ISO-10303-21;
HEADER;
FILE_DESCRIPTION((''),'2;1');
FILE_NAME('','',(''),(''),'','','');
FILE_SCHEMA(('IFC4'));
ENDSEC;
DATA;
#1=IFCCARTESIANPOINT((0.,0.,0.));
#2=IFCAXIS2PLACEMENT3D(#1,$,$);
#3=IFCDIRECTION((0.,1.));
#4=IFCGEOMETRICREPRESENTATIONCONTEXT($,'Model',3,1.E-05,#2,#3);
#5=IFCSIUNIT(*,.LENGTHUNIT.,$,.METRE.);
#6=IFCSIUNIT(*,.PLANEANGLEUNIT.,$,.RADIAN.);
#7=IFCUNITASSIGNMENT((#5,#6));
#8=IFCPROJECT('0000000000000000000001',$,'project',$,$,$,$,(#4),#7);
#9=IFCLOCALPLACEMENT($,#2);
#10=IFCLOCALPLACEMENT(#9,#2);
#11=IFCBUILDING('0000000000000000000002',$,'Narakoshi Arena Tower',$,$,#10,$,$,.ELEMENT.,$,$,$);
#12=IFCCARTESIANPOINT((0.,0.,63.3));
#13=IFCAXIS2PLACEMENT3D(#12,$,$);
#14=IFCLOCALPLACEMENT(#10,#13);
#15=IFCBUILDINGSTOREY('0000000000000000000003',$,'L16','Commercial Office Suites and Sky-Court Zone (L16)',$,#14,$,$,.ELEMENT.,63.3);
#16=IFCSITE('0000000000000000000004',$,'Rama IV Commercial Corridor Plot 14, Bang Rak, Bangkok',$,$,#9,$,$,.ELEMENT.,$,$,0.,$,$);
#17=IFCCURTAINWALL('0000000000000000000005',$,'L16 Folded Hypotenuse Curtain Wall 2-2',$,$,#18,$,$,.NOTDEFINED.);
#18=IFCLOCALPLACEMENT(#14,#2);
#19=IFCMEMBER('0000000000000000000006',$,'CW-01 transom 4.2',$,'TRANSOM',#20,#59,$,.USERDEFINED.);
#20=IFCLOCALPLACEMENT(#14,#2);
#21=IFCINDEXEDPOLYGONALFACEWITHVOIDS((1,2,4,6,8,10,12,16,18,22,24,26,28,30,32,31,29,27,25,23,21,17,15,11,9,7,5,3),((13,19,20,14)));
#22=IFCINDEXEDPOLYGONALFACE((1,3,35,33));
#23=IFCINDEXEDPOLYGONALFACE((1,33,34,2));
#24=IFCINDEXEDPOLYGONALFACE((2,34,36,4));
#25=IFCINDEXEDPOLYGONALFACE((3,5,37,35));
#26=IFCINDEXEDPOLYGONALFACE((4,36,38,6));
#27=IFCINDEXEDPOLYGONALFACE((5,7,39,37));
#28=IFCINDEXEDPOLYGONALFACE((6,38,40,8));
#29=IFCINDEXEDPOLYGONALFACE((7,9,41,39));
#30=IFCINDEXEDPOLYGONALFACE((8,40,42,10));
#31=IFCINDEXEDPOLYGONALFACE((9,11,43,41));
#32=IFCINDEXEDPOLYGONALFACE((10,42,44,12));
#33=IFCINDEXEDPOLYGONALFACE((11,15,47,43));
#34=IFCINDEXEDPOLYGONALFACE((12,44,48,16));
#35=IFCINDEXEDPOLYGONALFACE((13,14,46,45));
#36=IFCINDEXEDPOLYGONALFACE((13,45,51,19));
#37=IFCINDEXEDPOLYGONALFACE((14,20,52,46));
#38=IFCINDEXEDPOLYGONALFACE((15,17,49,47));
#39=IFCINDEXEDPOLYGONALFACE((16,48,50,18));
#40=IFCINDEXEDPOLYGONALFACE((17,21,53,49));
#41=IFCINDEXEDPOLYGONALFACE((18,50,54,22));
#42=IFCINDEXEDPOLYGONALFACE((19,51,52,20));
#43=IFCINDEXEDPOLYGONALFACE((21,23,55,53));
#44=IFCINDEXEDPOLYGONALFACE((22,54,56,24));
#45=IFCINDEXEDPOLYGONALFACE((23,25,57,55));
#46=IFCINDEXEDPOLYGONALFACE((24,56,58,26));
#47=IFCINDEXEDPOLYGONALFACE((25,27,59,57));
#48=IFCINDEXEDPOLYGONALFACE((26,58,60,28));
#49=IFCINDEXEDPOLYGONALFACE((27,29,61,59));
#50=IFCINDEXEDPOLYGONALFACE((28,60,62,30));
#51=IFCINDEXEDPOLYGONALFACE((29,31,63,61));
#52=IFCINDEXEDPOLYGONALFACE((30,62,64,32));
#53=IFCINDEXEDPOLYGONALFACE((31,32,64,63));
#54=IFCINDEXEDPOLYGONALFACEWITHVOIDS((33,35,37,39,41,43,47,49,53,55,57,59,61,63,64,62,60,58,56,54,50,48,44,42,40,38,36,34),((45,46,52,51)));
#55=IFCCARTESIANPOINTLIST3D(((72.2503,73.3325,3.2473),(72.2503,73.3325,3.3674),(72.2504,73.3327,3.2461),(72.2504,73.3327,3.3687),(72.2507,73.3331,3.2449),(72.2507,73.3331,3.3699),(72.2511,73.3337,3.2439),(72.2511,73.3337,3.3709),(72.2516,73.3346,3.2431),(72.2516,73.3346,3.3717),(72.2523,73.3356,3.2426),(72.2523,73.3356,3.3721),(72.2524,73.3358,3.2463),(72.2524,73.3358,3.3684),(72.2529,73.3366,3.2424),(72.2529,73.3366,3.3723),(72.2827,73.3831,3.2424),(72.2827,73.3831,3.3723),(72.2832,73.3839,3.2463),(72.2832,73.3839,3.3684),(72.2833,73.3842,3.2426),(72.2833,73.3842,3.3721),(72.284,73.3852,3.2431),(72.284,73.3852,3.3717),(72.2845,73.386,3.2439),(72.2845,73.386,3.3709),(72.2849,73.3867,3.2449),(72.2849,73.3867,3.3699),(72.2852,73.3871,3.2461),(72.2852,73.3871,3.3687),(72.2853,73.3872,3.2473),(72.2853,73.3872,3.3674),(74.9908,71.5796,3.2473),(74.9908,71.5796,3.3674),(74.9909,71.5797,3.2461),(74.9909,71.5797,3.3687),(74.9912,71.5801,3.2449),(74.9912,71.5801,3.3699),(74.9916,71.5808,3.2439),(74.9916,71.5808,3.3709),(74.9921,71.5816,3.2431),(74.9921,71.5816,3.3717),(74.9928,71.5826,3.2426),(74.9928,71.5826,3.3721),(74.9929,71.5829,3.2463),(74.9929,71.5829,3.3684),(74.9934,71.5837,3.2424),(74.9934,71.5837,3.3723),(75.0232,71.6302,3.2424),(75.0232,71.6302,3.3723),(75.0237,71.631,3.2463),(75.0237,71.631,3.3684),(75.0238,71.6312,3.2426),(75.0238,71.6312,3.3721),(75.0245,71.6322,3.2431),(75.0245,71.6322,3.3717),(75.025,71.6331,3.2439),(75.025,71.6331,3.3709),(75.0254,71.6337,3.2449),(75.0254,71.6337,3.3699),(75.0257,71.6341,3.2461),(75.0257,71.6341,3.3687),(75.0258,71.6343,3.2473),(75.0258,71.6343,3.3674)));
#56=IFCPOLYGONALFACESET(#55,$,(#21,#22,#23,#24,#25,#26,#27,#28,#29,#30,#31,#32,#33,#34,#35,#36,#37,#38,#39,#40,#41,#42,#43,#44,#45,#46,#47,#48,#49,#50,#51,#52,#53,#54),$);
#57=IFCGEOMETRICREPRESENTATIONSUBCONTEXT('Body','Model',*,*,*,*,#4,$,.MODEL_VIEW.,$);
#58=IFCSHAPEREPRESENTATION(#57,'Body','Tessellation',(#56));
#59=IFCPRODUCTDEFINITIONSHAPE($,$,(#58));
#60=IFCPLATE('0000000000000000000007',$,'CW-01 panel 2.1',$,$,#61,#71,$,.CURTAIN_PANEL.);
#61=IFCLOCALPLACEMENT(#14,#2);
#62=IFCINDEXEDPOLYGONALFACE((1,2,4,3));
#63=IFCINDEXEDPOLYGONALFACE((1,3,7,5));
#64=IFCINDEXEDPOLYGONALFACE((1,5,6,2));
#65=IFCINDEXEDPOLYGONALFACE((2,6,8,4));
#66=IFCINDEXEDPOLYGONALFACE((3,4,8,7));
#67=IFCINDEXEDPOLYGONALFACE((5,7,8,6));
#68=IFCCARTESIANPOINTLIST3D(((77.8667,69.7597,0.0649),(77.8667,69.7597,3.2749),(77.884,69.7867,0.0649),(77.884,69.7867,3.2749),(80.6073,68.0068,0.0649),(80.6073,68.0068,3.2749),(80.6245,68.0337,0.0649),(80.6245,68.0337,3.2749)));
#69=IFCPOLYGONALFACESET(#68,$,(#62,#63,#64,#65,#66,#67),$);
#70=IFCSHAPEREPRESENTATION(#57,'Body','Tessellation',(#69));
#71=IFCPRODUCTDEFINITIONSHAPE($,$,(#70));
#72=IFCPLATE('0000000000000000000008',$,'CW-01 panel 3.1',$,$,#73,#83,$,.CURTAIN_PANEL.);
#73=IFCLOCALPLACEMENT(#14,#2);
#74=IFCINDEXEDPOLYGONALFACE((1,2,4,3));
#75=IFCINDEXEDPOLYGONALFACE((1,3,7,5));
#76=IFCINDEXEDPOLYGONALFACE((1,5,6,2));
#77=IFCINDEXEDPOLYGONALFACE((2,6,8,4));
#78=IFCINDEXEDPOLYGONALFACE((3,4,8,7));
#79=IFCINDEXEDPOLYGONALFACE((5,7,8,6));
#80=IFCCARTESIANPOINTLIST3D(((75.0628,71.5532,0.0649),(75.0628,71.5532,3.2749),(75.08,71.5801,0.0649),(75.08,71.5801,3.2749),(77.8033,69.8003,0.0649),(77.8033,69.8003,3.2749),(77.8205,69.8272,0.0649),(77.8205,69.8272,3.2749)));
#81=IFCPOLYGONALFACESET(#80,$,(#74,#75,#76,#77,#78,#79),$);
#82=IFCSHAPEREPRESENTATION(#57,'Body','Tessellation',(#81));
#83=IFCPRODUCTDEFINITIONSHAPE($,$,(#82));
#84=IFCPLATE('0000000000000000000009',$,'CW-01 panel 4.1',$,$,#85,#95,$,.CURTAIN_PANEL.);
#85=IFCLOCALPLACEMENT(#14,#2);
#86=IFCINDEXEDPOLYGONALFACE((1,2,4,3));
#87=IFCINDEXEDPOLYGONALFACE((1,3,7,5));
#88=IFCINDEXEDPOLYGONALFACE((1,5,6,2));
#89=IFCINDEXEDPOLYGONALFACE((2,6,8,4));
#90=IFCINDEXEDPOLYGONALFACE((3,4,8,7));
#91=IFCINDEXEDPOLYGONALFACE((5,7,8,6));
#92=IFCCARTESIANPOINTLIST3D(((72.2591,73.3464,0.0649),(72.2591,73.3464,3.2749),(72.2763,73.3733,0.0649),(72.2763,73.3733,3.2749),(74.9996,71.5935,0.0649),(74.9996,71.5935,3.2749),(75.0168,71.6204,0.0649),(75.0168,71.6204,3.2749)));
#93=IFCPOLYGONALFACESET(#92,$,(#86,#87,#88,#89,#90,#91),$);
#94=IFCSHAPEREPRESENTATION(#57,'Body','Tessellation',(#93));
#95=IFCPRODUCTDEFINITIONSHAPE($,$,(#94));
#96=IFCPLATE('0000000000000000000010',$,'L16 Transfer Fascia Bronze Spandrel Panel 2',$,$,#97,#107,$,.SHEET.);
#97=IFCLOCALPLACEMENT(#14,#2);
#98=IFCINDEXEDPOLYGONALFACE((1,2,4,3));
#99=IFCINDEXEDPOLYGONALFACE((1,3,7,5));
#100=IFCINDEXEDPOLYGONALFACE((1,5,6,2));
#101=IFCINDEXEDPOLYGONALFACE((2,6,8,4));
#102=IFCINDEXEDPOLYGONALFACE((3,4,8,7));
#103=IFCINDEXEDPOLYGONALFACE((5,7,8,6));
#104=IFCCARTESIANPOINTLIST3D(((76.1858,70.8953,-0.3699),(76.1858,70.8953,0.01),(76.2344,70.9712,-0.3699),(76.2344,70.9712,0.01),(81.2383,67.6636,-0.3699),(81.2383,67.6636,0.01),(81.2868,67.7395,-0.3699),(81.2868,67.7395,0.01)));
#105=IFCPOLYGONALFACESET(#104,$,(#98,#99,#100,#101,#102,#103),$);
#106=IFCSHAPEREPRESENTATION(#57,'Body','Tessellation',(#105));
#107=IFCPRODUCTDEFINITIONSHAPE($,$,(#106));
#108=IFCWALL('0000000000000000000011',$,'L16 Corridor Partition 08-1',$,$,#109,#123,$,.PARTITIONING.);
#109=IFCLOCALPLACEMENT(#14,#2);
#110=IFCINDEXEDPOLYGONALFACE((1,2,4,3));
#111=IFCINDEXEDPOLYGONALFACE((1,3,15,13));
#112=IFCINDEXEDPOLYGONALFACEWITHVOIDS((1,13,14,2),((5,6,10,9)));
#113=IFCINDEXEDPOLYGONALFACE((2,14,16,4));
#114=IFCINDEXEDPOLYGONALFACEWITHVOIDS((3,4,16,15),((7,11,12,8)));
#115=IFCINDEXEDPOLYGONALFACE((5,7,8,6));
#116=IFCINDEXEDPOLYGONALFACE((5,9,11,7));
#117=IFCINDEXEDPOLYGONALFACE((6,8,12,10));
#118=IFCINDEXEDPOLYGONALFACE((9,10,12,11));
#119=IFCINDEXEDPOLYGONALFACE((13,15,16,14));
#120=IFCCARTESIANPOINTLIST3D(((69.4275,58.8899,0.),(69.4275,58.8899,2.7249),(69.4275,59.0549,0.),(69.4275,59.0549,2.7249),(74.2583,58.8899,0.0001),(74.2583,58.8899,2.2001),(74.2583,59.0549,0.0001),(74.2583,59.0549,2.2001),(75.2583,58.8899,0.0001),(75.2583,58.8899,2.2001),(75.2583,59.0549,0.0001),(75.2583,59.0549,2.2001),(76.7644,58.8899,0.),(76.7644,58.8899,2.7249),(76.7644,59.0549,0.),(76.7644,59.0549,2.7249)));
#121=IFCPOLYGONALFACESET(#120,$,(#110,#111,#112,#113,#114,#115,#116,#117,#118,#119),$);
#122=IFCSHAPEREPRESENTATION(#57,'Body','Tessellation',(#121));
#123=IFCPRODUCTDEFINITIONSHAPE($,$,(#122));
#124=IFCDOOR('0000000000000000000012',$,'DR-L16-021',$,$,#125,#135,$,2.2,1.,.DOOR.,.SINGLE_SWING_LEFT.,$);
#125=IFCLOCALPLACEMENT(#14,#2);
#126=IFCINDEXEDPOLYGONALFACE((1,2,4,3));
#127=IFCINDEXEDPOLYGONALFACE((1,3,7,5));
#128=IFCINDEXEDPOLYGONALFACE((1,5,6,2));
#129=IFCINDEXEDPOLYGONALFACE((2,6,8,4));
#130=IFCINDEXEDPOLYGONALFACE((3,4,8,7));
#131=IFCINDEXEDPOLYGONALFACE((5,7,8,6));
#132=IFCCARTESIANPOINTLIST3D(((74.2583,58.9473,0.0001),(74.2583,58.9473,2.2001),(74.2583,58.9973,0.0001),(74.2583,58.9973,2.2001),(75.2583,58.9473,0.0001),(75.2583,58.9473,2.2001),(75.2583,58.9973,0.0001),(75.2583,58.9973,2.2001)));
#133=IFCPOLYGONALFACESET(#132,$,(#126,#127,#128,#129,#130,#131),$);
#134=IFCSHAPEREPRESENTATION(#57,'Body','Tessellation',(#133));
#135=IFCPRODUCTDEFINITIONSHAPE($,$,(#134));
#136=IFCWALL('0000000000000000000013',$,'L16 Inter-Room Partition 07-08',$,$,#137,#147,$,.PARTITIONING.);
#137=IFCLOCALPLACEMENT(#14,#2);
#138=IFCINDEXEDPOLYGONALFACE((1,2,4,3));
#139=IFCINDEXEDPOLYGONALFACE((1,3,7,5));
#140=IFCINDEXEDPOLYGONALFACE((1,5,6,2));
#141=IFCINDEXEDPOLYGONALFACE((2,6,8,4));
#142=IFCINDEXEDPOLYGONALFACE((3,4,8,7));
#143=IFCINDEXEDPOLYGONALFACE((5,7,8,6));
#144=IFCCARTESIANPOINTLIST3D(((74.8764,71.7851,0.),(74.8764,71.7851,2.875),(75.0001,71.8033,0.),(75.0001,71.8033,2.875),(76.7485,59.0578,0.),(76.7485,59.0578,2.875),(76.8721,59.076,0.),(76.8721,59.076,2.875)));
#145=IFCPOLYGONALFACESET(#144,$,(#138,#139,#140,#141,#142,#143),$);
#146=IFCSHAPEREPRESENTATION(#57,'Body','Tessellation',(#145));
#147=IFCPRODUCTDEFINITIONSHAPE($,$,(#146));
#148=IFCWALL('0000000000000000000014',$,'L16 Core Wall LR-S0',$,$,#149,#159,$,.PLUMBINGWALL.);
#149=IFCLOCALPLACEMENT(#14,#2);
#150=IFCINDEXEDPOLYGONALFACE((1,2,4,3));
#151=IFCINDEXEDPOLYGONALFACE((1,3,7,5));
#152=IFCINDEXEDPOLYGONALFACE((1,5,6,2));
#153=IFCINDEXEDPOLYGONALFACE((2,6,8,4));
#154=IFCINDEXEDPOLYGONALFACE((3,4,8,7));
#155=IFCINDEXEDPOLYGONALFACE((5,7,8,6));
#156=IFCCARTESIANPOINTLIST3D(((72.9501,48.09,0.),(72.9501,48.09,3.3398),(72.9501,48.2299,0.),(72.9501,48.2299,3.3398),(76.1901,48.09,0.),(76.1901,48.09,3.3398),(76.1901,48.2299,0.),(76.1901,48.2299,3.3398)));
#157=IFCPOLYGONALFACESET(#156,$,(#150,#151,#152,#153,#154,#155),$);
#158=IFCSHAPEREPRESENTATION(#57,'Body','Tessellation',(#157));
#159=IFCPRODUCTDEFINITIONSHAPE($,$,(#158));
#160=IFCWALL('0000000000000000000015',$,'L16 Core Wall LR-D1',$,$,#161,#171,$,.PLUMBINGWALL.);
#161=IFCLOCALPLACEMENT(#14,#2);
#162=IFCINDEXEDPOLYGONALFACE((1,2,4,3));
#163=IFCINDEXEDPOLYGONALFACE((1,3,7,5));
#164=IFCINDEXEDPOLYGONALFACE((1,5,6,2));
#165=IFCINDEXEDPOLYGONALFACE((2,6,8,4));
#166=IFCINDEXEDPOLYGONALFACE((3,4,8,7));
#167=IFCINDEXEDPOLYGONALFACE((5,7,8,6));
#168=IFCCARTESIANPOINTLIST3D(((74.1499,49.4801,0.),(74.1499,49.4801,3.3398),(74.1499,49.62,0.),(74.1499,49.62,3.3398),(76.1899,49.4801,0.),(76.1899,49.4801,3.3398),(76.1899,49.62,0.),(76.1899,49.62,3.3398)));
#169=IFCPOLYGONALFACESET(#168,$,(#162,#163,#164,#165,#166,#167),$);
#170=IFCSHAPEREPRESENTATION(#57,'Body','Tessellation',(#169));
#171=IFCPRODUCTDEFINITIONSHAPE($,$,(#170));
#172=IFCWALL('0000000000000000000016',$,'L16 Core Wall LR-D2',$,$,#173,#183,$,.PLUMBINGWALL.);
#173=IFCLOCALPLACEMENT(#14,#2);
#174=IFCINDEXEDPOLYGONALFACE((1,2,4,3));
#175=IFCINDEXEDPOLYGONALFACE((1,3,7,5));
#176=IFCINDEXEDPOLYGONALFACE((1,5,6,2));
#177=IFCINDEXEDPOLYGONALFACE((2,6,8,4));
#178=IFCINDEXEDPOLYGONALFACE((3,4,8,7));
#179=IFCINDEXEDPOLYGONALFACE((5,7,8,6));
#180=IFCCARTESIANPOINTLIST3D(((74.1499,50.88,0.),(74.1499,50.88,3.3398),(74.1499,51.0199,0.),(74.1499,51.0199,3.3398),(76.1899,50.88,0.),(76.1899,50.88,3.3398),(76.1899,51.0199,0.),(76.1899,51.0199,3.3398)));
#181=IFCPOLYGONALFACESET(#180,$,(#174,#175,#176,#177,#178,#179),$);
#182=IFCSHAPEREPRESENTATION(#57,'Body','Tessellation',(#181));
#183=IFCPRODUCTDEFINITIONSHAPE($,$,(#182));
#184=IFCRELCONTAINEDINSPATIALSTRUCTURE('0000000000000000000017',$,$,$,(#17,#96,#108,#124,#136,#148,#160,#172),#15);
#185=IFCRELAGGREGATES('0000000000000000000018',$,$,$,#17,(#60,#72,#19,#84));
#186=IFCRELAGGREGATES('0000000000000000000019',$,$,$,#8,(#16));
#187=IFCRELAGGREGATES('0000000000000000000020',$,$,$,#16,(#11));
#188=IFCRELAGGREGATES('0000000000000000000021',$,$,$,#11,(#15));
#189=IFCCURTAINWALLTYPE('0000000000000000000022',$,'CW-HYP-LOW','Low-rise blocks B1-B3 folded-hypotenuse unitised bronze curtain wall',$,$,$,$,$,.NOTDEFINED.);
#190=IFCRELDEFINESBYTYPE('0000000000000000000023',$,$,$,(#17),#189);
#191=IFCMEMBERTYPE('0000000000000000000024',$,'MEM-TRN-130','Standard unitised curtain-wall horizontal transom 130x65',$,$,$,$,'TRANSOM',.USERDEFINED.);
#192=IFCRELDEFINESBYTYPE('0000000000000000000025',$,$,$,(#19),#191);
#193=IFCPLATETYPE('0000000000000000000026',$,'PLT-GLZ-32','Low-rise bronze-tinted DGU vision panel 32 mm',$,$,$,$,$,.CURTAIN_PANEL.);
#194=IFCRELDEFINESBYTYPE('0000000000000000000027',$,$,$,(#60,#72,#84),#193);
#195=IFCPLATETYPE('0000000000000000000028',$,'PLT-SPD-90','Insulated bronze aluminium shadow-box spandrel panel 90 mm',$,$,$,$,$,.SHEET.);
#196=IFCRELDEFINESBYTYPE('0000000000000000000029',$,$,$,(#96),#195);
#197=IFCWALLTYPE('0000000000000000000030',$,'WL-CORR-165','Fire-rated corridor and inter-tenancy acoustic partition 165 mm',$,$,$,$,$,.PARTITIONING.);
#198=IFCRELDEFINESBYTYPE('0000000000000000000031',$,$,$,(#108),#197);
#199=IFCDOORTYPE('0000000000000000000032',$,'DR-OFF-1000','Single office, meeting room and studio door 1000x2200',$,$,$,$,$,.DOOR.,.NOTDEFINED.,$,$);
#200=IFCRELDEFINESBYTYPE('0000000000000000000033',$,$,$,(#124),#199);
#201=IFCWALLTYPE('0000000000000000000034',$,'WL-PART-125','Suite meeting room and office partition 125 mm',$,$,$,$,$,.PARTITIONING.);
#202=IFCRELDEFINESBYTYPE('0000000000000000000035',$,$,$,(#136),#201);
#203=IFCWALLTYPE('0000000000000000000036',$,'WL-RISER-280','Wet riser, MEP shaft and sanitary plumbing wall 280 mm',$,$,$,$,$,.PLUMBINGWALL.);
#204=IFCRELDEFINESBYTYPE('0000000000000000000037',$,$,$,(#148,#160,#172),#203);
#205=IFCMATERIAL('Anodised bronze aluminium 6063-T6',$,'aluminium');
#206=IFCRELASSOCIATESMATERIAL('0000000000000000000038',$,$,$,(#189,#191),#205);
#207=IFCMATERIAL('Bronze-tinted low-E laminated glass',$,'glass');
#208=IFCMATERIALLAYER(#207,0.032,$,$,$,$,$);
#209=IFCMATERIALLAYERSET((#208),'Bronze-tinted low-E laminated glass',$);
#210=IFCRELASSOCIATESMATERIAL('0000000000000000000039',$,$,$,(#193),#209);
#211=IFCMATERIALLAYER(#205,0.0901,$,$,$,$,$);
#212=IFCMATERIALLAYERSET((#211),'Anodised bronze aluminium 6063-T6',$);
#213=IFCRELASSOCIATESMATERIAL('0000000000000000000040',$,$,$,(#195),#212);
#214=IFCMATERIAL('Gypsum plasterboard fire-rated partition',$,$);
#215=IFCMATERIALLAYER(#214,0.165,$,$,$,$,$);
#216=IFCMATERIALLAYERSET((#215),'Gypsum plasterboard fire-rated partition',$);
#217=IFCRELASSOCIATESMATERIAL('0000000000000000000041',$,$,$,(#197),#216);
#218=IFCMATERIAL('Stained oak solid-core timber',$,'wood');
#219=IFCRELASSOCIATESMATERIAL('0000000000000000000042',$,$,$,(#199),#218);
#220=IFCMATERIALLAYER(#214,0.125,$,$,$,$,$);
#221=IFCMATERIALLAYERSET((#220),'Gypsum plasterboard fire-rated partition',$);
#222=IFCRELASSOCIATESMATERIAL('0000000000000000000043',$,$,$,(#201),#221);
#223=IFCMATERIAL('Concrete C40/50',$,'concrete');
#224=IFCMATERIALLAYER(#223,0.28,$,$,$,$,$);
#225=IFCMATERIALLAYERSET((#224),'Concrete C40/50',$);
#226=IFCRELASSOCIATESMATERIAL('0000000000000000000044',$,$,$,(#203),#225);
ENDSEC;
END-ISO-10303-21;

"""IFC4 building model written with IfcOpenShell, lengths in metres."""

from ifc_helpers import new_model, si_unit, direction, frame, frame_2d, origin, origin_2d, place, context, subcontext, project, spatial, rectangle, hollow_rectangle, extrude, material, layer, layer_set, material_profile, profile_set, type_object, element, fill, aggregate, save


model = new_model("IFC4")

# Units and contexts
model_context = context("Model", 3, precision=1e-05, world=origin(), true_north=direction((0.0, 1.0)))
body_context = subcontext(model_context, "Body", "Model", "MODEL_VIEW")
ifc_project = project(units=[si_unit("LENGTHUNIT", "METRE"), si_unit("PLANEANGLEUNIT", "RADIAN")], contexts=[model_context])

# Site, building, storey
site_placement = place(None, origin())
site = spatial("IfcSite", under=ifc_project, at=site_placement, Name="Rama IV Commercial Corridor Plot 14, Bang Rak, Bangkok", CompositionType="ELEMENT", RefElevation=0.0)
building_placement = place(site_placement, origin())
building = spatial("IfcBuilding", under=site, at=building_placement, Name="Narakoshi Arena Tower", CompositionType="ELEMENT")
storey_placement = place(building_placement, frame((0.0, 0.0, 63.3)))
storey = spatial("IfcBuildingStorey", under=building, at=storey_placement, Name="L16", Description="Commercial Office Suites and Sky-Court Zone (L16)", CompositionType="ELEMENT", Elevation=63.3)

# Curtain wall, member, plates
ifc_material_1 = material(Name="Anodised bronze aluminium 6063-T6", Category="aluminium")
curtain_wall_type = type_object("IfcCurtainWallType", Name="CW-HYP-LOW", Description="Low-rise blocks B1-B3 folded-hypotenuse unitised bronze curtain wall", PredefinedType="NOTDEFINED", material=ifc_material_1)
curtain_wall_placement = place(storey_placement, origin())
curtain_wall = element("IfcCurtainWall", 1, at=curtain_wall_placement, inside=storey, type_object=curtain_wall_type, Name="L16 Folded Hypotenuse Curtain Wall 2-2", PredefinedType="NOTDEFINED")
ifc_material_profile_1 = material_profile(ifc_material_1, hollow_rectangle(XDim=0.0649, YDim=0.1299, WallThickness=0.0039, OuterFilletRadius=0.0049, at=origin_2d()), Name="TRN130x65x4")
ifc_profile_set_1 = profile_set([ifc_material_profile_1], Name="Anodised bronze aluminium 6063-T6")
member_type_1 = type_object("IfcMemberType", Name="MEM-TRN-130", Description="Standard unitised curtain-wall horizontal transom 130x65", ElementType="TRANSOM", PredefinedType="USERDEFINED", material=ifc_profile_set_1)
member_1_placement = place(storey_placement, frame((75.0083, 71.6069, 3.3074), z_axis=(-0.842408, 0.538841, 0.0), x_axis=(-0.538841, -0.842408, 0.0)))
member_1 = element("IfcMember", 2, at=member_1_placement, type_object=member_type_1, Name="CW-01 transom 4.2", ObjectType="TRANSOM", PredefinedType="USERDEFINED", context=body_context, shape_type="SweptSolid", body=[
    extrude(hollow_rectangle(XDim=0.0649, YDim=0.1299, WallThickness=0.0039, OuterFilletRadius=0.0049, at=origin_2d()), origin(), (0.0, 0.0, 1.0), 3.2532),
])
ifc_material_2 = material(Name="Bronze-tinted low-E laminated glass", Category="glass")
ifc_layer_1 = layer(ifc_material_2, 0.032)
ifc_layer_set_1 = layer_set([ifc_layer_1], Name="Bronze-tinted low-E laminated glass")
plate_type_1 = type_object("IfcPlateType", Name="PLT-GLZ-32", Description="Low-rise bronze-tinted DGU vision panel 32 mm", PredefinedType="CURTAIN_PANEL", material=ifc_layer_set_1)
plate_1_placement = place(storey_placement, frame((79.2456, 68.8967, 0.0649), z_axis=(0.0, 0.0, 1.0), x_axis=(-0.842415, 0.538829, 0.0)))
plate_1 = element("IfcPlate", 3, at=plate_1_placement, type_object=plate_type_1, Name="CW-01 panel 2.1", PredefinedType="CURTAIN_PANEL", context=body_context, shape_type="SweptSolid", body=[
    extrude(rectangle(XDim=3.2532, YDim=0.032, at=origin_2d()), origin(), (0.0, 0.0, 1.0), 3.21),
])
plate_2_placement = place(storey_placement, frame((76.4417, 70.6902, 0.0649), z_axis=(0.0, 0.0, 1.0), x_axis=(-0.842415, 0.538829, 0.0)))
plate_2 = element("IfcPlate", 4, at=plate_2_placement, type_object=plate_type_1, Name="CW-01 panel 3.1", PredefinedType="CURTAIN_PANEL", context=body_context, shape_type="SweptSolid", body=[
    extrude(rectangle(XDim=3.2532, YDim=0.032, at=origin_2d()), origin(), (0.0, 0.0, 1.0), 3.21),
])
plate_3_placement = place(storey_placement, frame((73.6379, 72.4834, 0.0649), z_axis=(0.0, 0.0, 1.0), x_axis=(-0.842415, 0.538829, 0.0)))
plate_3 = element("IfcPlate", 5, at=plate_3_placement, type_object=plate_type_1, Name="CW-01 panel 4.1", PredefinedType="CURTAIN_PANEL", context=body_context, shape_type="SweptSolid", body=[
    extrude(rectangle(XDim=3.2532, YDim=0.032, at=origin_2d()), origin(), (0.0, 0.0, 1.0), 3.21),
])
aggregate(curtain_wall, [plate_1, plate_2, member_1, plate_3])

# Plate
ifc_layer_2 = layer(ifc_material_1, 0.0901)
ifc_layer_set_2 = layer_set([ifc_layer_2], Name="Anodised bronze aluminium 6063-T6")
plate_type_2 = type_object("IfcPlateType", Name="PLT-SPD-90", Description="Insulated bronze aluminium shadow-box spandrel panel 90 mm", PredefinedType="SHEET", material=ifc_layer_set_2)
plate_4_placement = place(storey_placement, frame((78.7363, 69.3174, -0.3699), z_axis=(0.0, 0.0, 1.0), x_axis=(-0.842415, 0.53883, 0.0)))
element("IfcPlate", 6, at=plate_4_placement, inside=storey, type_object=plate_type_2, Name="L16 Transfer Fascia Bronze Spandrel Panel 2", PredefinedType="SHEET", context=body_context, shape_type="SweptSolid", body=[
    extrude(rectangle(XDim=5.9976, YDim=0.0901, at=origin_2d()), origin(), (0.0, 0.0, 1.0), 0.3799),
])

# Wall, opening, door
ifc_material_3 = material(Name="Gypsum plasterboard fire-rated partition")
ifc_layer_3 = layer(ifc_material_3, 0.165)
ifc_layer_set_3 = layer_set([ifc_layer_3], Name="Gypsum plasterboard fire-rated partition")
wall_type_1 = type_object("IfcWallType", Name="WL-CORR-165", Description="Fire-rated corridor and inter-tenancy acoustic partition 165 mm", PredefinedType="PARTITIONING", material=ifc_layer_set_3)
wall_1_placement = place(storey_placement, frame((76.7644, 58.9724, 0.0), z_axis=(0.0, 0.0, 1.0), x_axis=(-1.0, 0.0, 0.0)))
wall_1 = element("IfcWall", 7, at=wall_1_placement, inside=storey, type_object=wall_type_1, Name="L16 Corridor Partition 08-1", PredefinedType="PARTITIONING", context=body_context, shape_type="SweptSolid", body=[
    extrude(rectangle(XDim=7.3369, YDim=0.165, at=frame_2d((3.6685, 0.0))), origin(), (0.0, 0.0, 1.0), 2.7249),
])
opening_placement = place(wall_1_placement, frame((1.5061, 0.0, 0.0)))
opening = element("IfcOpeningElement", 8, at=opening_placement, cuts=wall_1, PredefinedType="OPENING", context=body_context, shape_type="SweptSolid", body=[
    extrude(rectangle(XDim=1.0, YDim=2.2, at=frame_2d((0.5, 1.1001))), frame((0.0, 0.0925, 0.0), z_axis=(0.0, -1.0, 0.0), x_axis=(1.0, 0.0, 0.0)), (0.0, 0.0, 1.0), 0.1851),
])
ifc_material_4 = material(Name="Stained oak solid-core timber", Category="wood")
door_type = type_object("IfcDoorType", Name="DR-OFF-1000", Description="Single office, meeting room and studio door 1000x2200", OperationType="NOTDEFINED", PredefinedType="DOOR", material=ifc_material_4)
door_placement = place(opening_placement, frame((1.0, 0.0, 0.0), z_axis=(0.0, 0.0, 1.0), x_axis=(-1.0, 0.0, 0.0)))
door = element("IfcDoor", 9, at=door_placement, inside=storey, type_object=door_type, Name="DR-L16-021", OperationType="SINGLE_SWING_LEFT", OverallHeight=2.2, OverallWidth=1.0, PredefinedType="DOOR", context=body_context, shape_type="SweptSolid", body=[
    extrude(rectangle(XDim=1.0, YDim=2.2, at=frame_2d((0.5, 1.1001))), frame((0.0, 0.0249, 0.0), z_axis=(0.0, -1.0, 0.0), x_axis=(1.0, 0.0, 0.0)), (0.0, 0.0, 1.0), 0.05),
])
fill(opening, door)

# Walls
ifc_layer_4 = layer(ifc_material_3, 0.125)
ifc_layer_set_4 = layer_set([ifc_layer_4], Name="Gypsum plasterboard fire-rated partition")
wall_type_2 = type_object("IfcWallType", Name="WL-PART-125", Description="Suite meeting room and office partition 125 mm", PredefinedType="PARTITIONING", material=ifc_layer_set_4)
wall_2_placement = place(storey_placement, frame((76.8103, 59.0669, 0.0), z_axis=(0.0, 0.0, 1.0), x_axis=(-0.145525, 0.989355, 0.0)))
element("IfcWall", 10, at=wall_2_placement, inside=storey, type_object=wall_type_2, Name="L16 Inter-Room Partition 07-08", PredefinedType="PARTITIONING", context=body_context, shape_type="SweptSolid", body=[
    extrude(rectangle(XDim=12.8643, YDim=0.125, at=frame_2d((6.4321, 0.0))), origin(), (0.0, 0.0, 1.0), 2.875),
])
ifc_material_5 = material(Name="Concrete C40/50", Category="concrete")
ifc_layer_5 = layer(ifc_material_5, 0.28)
ifc_layer_set_5 = layer_set([ifc_layer_5], Name="Concrete C40/50")
wall_type_3 = type_object("IfcWallType", Name="WL-RISER-280", Description="Wet riser, MEP shaft and sanitary plumbing wall 280 mm", PredefinedType="PLUMBINGWALL", material=ifc_layer_set_5)
wall_3_placement = place(storey_placement, frame((72.95, 48.1599, 0.0), z_axis=(0.0, 0.0, 1.0), x_axis=(1.0, 0.0, 0.0)))
element("IfcWall", 11, at=wall_3_placement, inside=storey, type_object=wall_type_3, Name="L16 Core Wall LR-S0", PredefinedType="PLUMBINGWALL", context=body_context, shape_type="SweptSolid", body=[
    extrude(rectangle(XDim=3.24, YDim=0.1399, at=frame_2d((1.6201, 0.0))), origin(), (0.0, 0.0, 1.0), 3.3398),
])
for number, where, z_axis, x_axis, name in (
    (12, (74.1499, 49.55, 0.0), (0.0, 0.0, 1.0), (1.0, 0.0, 0.0), "L16 Core Wall LR-D1"),
    (13, (74.1499, 50.95, 0.0), (0.0, 0.0, 1.0), (1.0, 0.0, 0.0), "L16 Core Wall LR-D2"),
):
    element("IfcWall", number, at=place(storey_placement, frame(where, z_axis=z_axis, x_axis=x_axis)), inside=storey, type_object=wall_type_3, Name=name, PredefinedType="PLUMBINGWALL", context=body_context, shape_type="SweptSolid", body=[
        extrude(rectangle(XDim=2.04, YDim=0.1399, at=frame_2d((1.02, 0.0))), origin(), (0.0, 0.0, 1.0), 3.3398),
    ])

save(model, "model.ifc")
